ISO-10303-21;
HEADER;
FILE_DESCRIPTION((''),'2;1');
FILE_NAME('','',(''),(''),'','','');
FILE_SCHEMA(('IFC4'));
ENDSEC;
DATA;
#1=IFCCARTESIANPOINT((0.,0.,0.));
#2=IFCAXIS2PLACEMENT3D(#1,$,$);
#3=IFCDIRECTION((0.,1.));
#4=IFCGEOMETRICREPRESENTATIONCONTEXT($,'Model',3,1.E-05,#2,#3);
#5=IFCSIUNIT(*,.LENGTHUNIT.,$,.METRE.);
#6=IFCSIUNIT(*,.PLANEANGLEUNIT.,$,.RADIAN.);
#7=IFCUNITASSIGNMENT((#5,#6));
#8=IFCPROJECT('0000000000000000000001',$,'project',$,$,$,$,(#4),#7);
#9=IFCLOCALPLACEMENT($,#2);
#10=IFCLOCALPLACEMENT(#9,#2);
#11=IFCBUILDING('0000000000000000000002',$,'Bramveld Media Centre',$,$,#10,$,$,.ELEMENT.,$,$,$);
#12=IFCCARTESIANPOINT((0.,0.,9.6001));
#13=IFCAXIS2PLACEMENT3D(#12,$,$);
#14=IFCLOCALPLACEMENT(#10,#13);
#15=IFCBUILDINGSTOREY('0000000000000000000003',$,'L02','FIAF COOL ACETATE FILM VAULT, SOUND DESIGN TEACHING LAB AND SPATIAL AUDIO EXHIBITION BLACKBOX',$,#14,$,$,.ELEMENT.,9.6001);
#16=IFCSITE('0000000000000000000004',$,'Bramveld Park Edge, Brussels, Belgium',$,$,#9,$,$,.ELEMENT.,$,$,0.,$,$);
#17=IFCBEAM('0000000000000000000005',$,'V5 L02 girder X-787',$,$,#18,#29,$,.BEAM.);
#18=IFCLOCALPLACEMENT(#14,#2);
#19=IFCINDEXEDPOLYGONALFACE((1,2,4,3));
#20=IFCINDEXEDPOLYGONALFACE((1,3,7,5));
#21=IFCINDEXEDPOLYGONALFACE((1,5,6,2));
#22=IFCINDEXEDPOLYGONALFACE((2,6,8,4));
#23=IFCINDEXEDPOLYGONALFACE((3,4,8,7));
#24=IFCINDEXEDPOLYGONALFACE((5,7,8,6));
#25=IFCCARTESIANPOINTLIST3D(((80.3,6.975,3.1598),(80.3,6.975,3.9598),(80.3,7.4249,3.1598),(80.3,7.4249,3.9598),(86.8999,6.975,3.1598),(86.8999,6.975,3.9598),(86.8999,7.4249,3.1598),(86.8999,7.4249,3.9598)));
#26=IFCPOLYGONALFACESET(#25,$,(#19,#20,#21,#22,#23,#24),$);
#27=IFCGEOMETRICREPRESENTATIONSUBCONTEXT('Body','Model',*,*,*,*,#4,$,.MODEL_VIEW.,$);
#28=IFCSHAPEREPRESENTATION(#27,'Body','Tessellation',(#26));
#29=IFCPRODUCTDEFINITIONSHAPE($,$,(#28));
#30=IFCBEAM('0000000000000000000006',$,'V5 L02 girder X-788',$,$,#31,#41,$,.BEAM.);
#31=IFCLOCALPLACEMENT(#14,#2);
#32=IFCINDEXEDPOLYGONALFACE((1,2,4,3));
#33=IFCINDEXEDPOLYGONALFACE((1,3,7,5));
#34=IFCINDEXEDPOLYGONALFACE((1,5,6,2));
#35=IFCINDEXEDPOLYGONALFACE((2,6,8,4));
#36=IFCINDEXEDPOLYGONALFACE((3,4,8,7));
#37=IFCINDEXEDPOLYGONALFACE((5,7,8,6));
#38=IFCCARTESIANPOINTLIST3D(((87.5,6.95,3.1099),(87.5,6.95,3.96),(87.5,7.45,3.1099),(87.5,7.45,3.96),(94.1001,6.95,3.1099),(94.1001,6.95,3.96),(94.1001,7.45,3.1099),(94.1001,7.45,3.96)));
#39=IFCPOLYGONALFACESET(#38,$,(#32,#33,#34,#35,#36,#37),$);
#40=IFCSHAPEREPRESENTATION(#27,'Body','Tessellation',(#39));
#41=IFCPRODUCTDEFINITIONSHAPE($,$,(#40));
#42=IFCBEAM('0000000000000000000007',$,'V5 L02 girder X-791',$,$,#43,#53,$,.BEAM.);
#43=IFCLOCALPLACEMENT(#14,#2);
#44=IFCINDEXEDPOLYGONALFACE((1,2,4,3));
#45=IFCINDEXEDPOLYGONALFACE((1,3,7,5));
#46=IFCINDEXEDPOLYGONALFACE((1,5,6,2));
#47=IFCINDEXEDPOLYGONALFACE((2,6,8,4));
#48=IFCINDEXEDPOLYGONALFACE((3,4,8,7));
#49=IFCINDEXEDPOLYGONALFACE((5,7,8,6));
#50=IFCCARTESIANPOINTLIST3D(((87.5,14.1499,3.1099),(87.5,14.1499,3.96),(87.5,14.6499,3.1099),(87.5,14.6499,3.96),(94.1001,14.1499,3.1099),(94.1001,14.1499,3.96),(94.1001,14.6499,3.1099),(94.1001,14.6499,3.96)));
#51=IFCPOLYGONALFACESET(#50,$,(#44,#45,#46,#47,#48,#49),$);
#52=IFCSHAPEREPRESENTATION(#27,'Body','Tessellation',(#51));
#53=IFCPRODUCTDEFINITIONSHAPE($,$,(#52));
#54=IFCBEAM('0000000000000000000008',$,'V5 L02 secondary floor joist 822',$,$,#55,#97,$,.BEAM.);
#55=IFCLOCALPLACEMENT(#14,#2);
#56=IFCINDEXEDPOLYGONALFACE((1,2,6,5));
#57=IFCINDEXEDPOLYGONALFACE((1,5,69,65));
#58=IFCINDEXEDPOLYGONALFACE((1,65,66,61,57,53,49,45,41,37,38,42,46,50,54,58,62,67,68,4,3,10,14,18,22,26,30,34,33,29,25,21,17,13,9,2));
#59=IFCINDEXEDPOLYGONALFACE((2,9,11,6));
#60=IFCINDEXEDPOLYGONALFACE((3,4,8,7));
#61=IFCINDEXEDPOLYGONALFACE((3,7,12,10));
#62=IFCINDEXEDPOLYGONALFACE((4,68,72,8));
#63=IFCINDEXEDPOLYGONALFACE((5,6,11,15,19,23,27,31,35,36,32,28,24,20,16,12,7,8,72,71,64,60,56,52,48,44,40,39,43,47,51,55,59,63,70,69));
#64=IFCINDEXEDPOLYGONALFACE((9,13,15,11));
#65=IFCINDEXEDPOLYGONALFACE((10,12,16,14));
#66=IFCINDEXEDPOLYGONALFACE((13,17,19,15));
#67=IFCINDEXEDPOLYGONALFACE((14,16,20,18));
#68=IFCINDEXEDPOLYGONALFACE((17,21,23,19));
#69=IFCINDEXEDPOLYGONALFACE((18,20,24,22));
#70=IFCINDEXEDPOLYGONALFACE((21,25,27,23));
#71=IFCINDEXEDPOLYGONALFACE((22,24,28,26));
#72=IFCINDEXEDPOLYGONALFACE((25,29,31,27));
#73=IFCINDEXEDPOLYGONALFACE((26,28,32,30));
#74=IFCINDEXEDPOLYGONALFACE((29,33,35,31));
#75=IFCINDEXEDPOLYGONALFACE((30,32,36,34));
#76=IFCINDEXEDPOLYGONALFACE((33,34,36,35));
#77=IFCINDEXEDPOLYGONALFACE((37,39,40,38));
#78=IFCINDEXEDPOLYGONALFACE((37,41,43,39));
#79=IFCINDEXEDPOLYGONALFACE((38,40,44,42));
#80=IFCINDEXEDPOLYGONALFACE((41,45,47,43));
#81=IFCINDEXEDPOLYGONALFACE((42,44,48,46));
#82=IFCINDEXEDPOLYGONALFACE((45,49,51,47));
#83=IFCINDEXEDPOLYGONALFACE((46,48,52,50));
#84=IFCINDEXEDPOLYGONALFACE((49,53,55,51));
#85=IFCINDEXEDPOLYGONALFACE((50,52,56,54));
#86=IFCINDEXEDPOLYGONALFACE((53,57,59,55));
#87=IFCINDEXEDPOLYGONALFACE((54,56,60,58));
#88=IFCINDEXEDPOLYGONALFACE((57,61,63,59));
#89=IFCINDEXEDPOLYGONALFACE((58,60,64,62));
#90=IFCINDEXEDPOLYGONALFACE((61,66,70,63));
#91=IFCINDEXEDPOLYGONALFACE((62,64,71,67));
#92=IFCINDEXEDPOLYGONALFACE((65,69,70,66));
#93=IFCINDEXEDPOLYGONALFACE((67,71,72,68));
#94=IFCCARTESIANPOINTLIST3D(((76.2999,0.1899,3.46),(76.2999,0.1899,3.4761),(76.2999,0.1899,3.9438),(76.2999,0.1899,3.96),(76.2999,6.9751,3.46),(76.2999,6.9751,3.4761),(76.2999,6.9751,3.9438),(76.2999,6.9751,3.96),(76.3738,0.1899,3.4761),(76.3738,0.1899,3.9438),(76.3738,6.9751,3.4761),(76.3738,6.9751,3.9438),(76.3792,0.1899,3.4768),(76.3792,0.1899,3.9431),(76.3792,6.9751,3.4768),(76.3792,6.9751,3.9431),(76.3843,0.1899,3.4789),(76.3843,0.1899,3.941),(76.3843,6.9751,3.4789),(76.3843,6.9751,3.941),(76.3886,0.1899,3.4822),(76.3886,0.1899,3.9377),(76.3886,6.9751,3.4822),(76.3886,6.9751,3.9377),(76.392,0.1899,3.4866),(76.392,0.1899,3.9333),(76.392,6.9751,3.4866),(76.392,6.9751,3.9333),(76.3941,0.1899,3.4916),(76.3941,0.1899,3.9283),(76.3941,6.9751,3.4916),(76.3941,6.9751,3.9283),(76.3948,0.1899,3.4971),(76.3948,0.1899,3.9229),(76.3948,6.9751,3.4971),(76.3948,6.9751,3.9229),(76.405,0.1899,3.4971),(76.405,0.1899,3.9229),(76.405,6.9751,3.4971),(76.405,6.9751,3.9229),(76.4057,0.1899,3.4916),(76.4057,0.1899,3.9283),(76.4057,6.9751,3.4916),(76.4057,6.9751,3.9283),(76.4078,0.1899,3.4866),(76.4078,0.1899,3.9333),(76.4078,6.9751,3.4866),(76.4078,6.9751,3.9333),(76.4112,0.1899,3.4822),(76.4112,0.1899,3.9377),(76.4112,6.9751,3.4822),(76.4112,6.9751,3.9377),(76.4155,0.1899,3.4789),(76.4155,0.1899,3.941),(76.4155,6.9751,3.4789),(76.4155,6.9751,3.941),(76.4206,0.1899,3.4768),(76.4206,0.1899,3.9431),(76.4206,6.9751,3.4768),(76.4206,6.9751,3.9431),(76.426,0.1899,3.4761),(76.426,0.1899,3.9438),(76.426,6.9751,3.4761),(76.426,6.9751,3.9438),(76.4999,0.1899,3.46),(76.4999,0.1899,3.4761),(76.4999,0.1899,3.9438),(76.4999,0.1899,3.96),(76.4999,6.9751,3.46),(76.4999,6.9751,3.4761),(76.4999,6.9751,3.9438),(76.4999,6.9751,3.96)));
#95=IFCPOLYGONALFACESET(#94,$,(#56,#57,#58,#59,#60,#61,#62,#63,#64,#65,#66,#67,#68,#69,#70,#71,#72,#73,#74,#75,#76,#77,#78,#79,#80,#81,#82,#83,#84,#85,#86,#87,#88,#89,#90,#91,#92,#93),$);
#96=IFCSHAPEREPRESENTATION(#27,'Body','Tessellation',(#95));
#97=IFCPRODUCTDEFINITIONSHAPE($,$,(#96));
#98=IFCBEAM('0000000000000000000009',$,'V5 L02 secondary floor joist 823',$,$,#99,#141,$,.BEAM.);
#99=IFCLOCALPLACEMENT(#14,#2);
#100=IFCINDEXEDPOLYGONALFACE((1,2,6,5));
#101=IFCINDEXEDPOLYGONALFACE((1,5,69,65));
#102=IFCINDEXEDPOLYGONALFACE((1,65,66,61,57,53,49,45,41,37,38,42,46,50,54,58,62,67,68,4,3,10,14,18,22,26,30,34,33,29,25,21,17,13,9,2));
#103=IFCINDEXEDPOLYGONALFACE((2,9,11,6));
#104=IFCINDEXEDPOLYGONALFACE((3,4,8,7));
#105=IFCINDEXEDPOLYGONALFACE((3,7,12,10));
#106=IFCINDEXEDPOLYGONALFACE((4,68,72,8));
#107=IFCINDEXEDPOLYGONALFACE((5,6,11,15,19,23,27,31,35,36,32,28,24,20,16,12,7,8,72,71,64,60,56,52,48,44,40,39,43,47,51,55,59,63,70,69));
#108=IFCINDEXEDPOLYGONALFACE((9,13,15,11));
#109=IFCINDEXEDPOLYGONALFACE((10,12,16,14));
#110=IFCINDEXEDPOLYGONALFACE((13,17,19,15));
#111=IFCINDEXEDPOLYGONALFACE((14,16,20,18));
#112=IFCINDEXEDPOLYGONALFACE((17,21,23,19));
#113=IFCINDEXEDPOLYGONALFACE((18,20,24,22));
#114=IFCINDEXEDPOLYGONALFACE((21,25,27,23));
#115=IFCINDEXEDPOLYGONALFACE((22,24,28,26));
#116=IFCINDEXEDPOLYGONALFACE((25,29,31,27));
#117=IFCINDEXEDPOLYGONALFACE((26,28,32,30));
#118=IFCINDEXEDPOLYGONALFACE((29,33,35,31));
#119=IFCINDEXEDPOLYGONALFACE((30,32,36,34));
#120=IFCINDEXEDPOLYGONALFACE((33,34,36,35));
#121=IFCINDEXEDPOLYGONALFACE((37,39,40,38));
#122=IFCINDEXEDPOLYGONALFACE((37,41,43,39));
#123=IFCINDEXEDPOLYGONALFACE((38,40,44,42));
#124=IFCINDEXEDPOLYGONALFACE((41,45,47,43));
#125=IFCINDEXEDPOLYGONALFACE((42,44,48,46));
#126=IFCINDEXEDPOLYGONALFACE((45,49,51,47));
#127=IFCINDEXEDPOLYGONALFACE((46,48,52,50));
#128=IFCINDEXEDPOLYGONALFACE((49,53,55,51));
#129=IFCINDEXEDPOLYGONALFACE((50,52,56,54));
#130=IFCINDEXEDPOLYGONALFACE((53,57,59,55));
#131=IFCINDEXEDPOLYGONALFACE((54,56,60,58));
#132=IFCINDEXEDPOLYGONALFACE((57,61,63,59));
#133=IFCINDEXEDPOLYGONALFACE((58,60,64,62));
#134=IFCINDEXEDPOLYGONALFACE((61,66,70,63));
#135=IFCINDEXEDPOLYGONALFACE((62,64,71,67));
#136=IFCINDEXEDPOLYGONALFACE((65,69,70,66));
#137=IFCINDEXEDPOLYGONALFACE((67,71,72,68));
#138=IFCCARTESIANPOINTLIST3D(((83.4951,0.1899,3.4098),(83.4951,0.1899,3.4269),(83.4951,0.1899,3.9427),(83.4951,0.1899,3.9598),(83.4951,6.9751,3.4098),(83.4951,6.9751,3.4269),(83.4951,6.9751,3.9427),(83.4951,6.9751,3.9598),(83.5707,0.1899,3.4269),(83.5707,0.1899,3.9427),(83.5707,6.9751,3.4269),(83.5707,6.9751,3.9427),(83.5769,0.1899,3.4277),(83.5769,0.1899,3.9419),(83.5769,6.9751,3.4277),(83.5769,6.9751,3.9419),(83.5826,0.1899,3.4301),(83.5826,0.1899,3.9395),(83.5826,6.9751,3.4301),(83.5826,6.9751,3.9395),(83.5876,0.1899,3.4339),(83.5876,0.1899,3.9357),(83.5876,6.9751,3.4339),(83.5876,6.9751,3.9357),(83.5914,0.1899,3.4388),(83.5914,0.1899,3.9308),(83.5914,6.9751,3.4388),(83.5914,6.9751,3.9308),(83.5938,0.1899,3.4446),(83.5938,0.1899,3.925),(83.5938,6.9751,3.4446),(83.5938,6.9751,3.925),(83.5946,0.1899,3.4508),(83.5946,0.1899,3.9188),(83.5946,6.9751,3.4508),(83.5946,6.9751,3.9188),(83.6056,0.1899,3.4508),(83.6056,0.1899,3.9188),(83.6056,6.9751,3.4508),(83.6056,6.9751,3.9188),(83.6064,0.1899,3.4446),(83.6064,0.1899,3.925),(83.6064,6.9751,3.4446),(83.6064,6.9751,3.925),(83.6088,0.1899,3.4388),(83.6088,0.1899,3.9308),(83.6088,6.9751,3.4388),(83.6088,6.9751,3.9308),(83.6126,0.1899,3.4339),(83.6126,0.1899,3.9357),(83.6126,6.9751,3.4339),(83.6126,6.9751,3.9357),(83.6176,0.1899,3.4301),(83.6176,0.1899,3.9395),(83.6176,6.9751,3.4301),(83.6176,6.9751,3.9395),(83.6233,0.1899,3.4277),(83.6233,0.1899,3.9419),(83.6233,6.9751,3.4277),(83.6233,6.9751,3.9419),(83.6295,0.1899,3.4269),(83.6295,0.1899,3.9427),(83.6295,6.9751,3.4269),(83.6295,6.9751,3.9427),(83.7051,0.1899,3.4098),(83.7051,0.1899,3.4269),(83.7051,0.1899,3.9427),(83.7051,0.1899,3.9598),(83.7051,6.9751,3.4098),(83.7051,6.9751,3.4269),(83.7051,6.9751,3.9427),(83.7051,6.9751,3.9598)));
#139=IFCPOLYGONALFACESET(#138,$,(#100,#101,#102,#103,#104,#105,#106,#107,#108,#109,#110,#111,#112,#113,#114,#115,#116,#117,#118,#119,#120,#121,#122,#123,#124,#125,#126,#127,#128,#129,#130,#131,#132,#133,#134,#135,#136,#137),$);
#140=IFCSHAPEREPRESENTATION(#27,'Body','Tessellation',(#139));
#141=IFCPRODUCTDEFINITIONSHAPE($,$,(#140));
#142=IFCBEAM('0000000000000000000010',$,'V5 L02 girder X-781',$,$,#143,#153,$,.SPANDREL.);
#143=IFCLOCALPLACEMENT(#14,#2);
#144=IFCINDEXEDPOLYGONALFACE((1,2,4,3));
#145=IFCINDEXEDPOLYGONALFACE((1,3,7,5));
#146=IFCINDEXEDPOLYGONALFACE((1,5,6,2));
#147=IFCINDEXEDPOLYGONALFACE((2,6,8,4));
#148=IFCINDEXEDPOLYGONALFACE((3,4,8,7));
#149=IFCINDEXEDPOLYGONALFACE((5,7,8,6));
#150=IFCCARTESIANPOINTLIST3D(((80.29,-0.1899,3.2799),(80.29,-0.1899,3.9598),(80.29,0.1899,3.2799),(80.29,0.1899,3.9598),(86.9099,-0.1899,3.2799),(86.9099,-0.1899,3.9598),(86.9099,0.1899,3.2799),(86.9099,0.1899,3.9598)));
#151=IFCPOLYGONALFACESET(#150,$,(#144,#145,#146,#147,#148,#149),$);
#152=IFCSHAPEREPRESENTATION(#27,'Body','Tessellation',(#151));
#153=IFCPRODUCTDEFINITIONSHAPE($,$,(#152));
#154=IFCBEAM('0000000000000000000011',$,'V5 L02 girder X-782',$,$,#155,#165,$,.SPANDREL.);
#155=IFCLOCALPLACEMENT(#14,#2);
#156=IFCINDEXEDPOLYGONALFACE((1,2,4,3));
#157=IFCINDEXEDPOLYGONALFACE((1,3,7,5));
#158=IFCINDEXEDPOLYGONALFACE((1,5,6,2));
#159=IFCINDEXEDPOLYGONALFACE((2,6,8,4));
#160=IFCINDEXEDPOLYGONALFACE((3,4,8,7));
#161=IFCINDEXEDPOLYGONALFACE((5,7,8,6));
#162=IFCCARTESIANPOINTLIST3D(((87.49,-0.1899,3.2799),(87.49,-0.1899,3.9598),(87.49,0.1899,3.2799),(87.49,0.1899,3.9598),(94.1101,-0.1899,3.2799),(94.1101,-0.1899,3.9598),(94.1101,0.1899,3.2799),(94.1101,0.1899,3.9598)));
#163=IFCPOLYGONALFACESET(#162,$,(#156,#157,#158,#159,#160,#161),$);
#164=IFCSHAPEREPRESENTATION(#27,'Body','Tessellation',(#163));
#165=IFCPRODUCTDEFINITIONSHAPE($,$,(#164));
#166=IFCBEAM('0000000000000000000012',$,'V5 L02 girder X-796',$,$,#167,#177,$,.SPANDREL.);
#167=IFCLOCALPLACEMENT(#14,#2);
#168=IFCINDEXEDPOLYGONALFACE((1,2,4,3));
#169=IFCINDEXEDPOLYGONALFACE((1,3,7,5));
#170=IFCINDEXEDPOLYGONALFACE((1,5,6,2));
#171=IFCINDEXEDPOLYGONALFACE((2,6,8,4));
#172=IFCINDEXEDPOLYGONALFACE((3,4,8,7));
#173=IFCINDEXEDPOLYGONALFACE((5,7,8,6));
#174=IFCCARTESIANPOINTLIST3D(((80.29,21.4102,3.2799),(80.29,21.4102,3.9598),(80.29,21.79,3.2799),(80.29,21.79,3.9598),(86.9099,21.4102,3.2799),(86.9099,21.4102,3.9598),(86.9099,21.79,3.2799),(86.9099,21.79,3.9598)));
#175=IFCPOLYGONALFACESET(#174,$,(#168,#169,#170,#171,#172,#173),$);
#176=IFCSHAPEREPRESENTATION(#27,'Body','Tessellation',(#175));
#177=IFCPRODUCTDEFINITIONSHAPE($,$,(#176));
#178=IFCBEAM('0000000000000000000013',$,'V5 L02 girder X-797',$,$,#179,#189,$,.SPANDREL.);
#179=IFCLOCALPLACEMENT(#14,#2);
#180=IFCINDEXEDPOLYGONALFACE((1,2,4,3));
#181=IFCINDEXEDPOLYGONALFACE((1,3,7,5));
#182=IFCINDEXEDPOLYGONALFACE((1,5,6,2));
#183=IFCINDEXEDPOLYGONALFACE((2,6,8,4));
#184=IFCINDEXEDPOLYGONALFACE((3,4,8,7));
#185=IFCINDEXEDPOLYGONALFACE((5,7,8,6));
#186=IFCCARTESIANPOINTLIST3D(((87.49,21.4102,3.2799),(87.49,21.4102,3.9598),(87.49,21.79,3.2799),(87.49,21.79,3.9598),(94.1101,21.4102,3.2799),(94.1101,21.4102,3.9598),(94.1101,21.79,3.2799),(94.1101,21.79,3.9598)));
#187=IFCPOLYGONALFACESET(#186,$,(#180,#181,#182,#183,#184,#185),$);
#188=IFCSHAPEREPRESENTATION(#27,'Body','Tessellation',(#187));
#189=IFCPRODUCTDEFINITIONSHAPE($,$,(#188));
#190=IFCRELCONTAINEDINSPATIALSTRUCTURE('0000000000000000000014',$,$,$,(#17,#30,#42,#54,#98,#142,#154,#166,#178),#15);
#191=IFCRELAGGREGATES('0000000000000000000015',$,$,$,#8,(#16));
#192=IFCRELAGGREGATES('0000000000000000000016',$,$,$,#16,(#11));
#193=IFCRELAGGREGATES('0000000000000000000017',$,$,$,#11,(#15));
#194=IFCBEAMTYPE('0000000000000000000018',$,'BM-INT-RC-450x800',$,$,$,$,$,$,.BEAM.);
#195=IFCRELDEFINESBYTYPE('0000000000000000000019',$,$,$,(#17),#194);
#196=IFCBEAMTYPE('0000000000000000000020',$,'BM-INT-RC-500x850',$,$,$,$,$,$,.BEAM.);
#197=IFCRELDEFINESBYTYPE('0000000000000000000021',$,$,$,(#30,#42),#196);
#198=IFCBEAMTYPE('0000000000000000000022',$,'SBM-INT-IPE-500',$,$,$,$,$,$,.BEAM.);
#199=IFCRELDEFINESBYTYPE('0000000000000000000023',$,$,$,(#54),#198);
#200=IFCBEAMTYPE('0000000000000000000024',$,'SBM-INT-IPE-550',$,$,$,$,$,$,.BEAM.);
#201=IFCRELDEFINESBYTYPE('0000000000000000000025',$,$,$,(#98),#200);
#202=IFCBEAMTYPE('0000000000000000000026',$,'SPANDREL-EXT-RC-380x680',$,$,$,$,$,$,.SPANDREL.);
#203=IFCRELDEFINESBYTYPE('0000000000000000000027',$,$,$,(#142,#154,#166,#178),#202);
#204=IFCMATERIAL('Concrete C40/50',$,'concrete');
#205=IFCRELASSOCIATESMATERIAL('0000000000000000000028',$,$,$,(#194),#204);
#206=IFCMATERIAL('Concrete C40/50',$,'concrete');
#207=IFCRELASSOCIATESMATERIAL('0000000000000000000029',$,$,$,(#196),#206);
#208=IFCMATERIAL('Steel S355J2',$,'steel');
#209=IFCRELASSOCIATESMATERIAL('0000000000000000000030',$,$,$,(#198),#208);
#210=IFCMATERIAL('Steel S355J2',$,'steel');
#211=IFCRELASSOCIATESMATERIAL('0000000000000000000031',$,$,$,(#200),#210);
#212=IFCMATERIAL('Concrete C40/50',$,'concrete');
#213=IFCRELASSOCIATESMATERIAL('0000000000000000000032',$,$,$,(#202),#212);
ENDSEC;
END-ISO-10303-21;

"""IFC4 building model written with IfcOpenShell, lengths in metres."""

from ifc_helpers import new_model, si_unit, direction, frame, origin, origin_2d, place, context, subcontext, project, spatial, rectangle, i_section, extrude, material, material_profile, profile_set, type_object, element, save


model = new_model("IFC4")

# Units and contexts
model_context = context("Model", 3, precision=1e-05, world=origin(), true_north=direction((0.0, 1.0)))
body_context = subcontext(model_context, "Body", "Model", "MODEL_VIEW")
ifc_project = project(units=[si_unit("LENGTHUNIT", "METRE"), si_unit("PLANEANGLEUNIT", "RADIAN")], contexts=[model_context])

# Site, building, storey
site_placement = place(None, origin())
site = spatial("IfcSite", under=ifc_project, at=site_placement, Name="Bramveld Park Edge, Brussels, Belgium", CompositionType="ELEMENT", RefElevation=0.0)
building_placement = place(site_placement, origin())
building = spatial("IfcBuilding", under=site, at=building_placement, Name="Bramveld Media Centre", CompositionType="ELEMENT")
storey_placement = place(building_placement, frame((0.0, 0.0, 9.6001)))
storey = spatial("IfcBuildingStorey", under=building, at=storey_placement, Name="L02", Description="FIAF COOL ACETATE FILM VAULT, SOUND DESIGN TEACHING LAB AND SPATIAL AUDIO EXHIBITION BLACKBOX", CompositionType="ELEMENT", Elevation=9.6001)

# Beams
ifc_material_1 = material(Name="Concrete C40/50", Category="concrete")
ifc_material_profile_1 = material_profile(ifc_material_1, rectangle(XDim=0.45, YDim=0.8, at=origin_2d()), Name="RC 450x800")
ifc_profile_set_1 = profile_set([ifc_material_profile_1], Name="Concrete C40/50")
beam_type_1 = type_object("IfcBeamType", Name="BM-INT-RC-450x800", PredefinedType="BEAM", material=ifc_profile_set_1)
beam_1_placement = place(storey_placement, frame((80.3, 7.2, 3.5598), z_axis=(1.0, 0.0, 0.0), x_axis=(0.0, 1.0, 0.0)))
element("IfcBeam", 1, at=beam_1_placement, inside=storey, type_object=beam_type_1, Name="V5 L02 girder X-787", PredefinedType="BEAM", context=body_context, shape_type="SweptSolid", body=[
    extrude(rectangle(XDim=0.45, YDim=0.8, at=origin_2d()), origin(), (0.0, 0.0, 1.0), 6.5999),
])
ifc_material_2 = material(Name="Concrete C40/50", Category="concrete")
ifc_material_profile_2 = material_profile(ifc_material_2, rectangle(XDim=0.5, YDim=0.8501, at=origin_2d()), Name="RC 500x850")
ifc_profile_set_2 = profile_set([ifc_material_profile_2], Name="Concrete C40/50")
beam_type_2 = type_object("IfcBeamType", Name="BM-INT-RC-500x850", PredefinedType="BEAM", material=ifc_profile_set_2)
for number, where, z_axis, x_axis, name in (
    (2, (87.5, 7.2, 3.5349), (1.0, 0.0, 0.0), (0.0, 1.0, 0.0), "V5 L02 girder X-788"),
    (3, (87.5, 14.3999, 3.5349), (1.0, 0.0, 0.0), (0.0, 1.0, 0.0), "V5 L02 girder X-791"),
):
    element("IfcBeam", number, at=place(storey_placement, frame(where, z_axis=z_axis, x_axis=x_axis)), inside=storey, type_object=beam_type_2, Name=name, PredefinedType="BEAM", context=body_context, shape_type="SweptSolid", body=[
        extrude(rectangle(XDim=0.5, YDim=0.8501, at=origin_2d()), origin(), (0.0, 0.0, 1.0), 6.6001),
    ])
ifc_material_3 = material(Name="Steel S355J2", Category="steel")
ifc_material_profile_3 = material_profile(ifc_material_3, i_section(OverallWidth=0.2, OverallDepth=0.5, WebThickness=0.0103, FlangeThickness=0.0161, FilletRadius=0.021, at=origin_2d()), Name="IPE 500")
ifc_profile_set_3 = profile_set([ifc_material_profile_3], Name="Steel S355J2")
beam_type_3 = type_object("IfcBeamType", Name="SBM-INT-IPE-500", PredefinedType="BEAM", material=ifc_profile_set_3)
beam_2_placement = place(storey_placement, frame((76.3999, 0.1899, 3.71), z_axis=(0.0, 1.0, 0.0), x_axis=(-1.0, 0.0, 0.0)))
element("IfcBeam", 4, at=beam_2_placement, inside=storey, type_object=beam_type_3, Name="V5 L02 secondary floor joist 822", PredefinedType="BEAM", context=body_context, shape_type="SweptSolid", body=[
    extrude(i_section(OverallWidth=0.2, OverallDepth=0.5, WebThickness=0.0103, FlangeThickness=0.0161, FilletRadius=0.021, at=origin_2d()), origin(), (0.0, 0.0, 1.0), 6.7852),
])
ifc_material_4 = material(Name="Steel S355J2", Category="steel")
ifc_material_profile_4 = material_profile(ifc_material_4, i_section(OverallWidth=0.21, OverallDepth=0.55, WebThickness=0.011, FlangeThickness=0.0171, FilletRadius=0.0239, at=origin_2d()), Name="IPE 550")
ifc_profile_set_4 = profile_set([ifc_material_profile_4], Name="Steel S355J2")
beam_type_4 = type_object("IfcBeamType", Name="SBM-INT-IPE-550", PredefinedType="BEAM", material=ifc_profile_set_4)
beam_3_placement = place(storey_placement, frame((83.6001, 0.1899, 3.6848), z_axis=(0.0, 1.0, 0.0), x_axis=(-1.0, 0.0, 0.0)))
element("IfcBeam", 5, at=beam_3_placement, inside=storey, type_object=beam_type_4, Name="V5 L02 secondary floor joist 823", PredefinedType="BEAM", context=body_context, shape_type="SweptSolid", body=[
    extrude(i_section(OverallWidth=0.21, OverallDepth=0.55, WebThickness=0.011, FlangeThickness=0.0171, FilletRadius=0.0239, at=origin_2d()), origin(), (0.0, 0.0, 1.0), 6.7852),
])
ifc_material_5 = material(Name="Concrete C40/50", Category="concrete")
ifc_material_profile_5 = material_profile(ifc_material_5, rectangle(XDim=0.3799, YDim=0.6799, at=origin_2d()), Name="RC 380x680")
ifc_profile_set_5 = profile_set([ifc_material_profile_5], Name="Concrete C40/50")
beam_type_5 = type_object("IfcBeamType", Name="SPANDREL-EXT-RC-380x680", PredefinedType="SPANDREL", material=ifc_profile_set_5)
beam_4_placement = place(storey_placement, frame((80.29, 0.0, 3.6199), z_axis=(1.0, 0.0, 0.0), x_axis=(0.0, 1.0, 0.0)))
element("IfcBeam", 6, at=beam_4_placement, inside=storey, type_object=beam_type_5, Name="V5 L02 girder X-781", PredefinedType="SPANDREL", context=body_context, shape_type="SweptSolid", body=[
    extrude(rectangle(XDim=0.3799, YDim=0.6799, at=origin_2d()), origin(), (0.0, 0.0, 1.0), 6.6199),
])
beam_5_placement = place(storey_placement, frame((87.49, 0.0, 3.6199), z_axis=(1.0, 0.0, 0.0), x_axis=(0.0, 1.0, 0.0)))
element("IfcBeam", 7, at=beam_5_placement, inside=storey, type_object=beam_type_5, Name="V5 L02 girder X-782", PredefinedType="SPANDREL", context=body_context, shape_type="SweptSolid", body=[
    extrude(rectangle(XDim=0.3799, YDim=0.6799, at=origin_2d()), origin(), (0.0, 0.0, 1.0), 6.6201),
])
beam_6_placement = place(storey_placement, frame((80.29, 21.6001, 3.6199), z_axis=(1.0, 0.0, 0.0), x_axis=(0.0, 1.0, 0.0)))
element("IfcBeam", 8, at=beam_6_placement, inside=storey, type_object=beam_type_5, Name="V5 L02 girder X-796", PredefinedType="SPANDREL", context=body_context, shape_type="SweptSolid", body=[
    extrude(rectangle(XDim=0.3799, YDim=0.6799, at=origin_2d()), origin(), (0.0, 0.0, 1.0), 6.6199),
])
beam_7_placement = place(storey_placement, frame((87.49, 21.6001, 3.6199), z_axis=(1.0, 0.0, 0.0), x_axis=(0.0, 1.0, 0.0)))
element("IfcBeam", 9, at=beam_7_placement, inside=storey, type_object=beam_type_5, Name="V5 L02 girder X-797", PredefinedType="SPANDREL", context=body_context, shape_type="SweptSolid", body=[
    extrude(rectangle(XDim=0.3799, YDim=0.6799, at=origin_2d()), origin(), (0.0, 0.0, 1.0), 6.6201),
])

save(model, "model.ifc")
